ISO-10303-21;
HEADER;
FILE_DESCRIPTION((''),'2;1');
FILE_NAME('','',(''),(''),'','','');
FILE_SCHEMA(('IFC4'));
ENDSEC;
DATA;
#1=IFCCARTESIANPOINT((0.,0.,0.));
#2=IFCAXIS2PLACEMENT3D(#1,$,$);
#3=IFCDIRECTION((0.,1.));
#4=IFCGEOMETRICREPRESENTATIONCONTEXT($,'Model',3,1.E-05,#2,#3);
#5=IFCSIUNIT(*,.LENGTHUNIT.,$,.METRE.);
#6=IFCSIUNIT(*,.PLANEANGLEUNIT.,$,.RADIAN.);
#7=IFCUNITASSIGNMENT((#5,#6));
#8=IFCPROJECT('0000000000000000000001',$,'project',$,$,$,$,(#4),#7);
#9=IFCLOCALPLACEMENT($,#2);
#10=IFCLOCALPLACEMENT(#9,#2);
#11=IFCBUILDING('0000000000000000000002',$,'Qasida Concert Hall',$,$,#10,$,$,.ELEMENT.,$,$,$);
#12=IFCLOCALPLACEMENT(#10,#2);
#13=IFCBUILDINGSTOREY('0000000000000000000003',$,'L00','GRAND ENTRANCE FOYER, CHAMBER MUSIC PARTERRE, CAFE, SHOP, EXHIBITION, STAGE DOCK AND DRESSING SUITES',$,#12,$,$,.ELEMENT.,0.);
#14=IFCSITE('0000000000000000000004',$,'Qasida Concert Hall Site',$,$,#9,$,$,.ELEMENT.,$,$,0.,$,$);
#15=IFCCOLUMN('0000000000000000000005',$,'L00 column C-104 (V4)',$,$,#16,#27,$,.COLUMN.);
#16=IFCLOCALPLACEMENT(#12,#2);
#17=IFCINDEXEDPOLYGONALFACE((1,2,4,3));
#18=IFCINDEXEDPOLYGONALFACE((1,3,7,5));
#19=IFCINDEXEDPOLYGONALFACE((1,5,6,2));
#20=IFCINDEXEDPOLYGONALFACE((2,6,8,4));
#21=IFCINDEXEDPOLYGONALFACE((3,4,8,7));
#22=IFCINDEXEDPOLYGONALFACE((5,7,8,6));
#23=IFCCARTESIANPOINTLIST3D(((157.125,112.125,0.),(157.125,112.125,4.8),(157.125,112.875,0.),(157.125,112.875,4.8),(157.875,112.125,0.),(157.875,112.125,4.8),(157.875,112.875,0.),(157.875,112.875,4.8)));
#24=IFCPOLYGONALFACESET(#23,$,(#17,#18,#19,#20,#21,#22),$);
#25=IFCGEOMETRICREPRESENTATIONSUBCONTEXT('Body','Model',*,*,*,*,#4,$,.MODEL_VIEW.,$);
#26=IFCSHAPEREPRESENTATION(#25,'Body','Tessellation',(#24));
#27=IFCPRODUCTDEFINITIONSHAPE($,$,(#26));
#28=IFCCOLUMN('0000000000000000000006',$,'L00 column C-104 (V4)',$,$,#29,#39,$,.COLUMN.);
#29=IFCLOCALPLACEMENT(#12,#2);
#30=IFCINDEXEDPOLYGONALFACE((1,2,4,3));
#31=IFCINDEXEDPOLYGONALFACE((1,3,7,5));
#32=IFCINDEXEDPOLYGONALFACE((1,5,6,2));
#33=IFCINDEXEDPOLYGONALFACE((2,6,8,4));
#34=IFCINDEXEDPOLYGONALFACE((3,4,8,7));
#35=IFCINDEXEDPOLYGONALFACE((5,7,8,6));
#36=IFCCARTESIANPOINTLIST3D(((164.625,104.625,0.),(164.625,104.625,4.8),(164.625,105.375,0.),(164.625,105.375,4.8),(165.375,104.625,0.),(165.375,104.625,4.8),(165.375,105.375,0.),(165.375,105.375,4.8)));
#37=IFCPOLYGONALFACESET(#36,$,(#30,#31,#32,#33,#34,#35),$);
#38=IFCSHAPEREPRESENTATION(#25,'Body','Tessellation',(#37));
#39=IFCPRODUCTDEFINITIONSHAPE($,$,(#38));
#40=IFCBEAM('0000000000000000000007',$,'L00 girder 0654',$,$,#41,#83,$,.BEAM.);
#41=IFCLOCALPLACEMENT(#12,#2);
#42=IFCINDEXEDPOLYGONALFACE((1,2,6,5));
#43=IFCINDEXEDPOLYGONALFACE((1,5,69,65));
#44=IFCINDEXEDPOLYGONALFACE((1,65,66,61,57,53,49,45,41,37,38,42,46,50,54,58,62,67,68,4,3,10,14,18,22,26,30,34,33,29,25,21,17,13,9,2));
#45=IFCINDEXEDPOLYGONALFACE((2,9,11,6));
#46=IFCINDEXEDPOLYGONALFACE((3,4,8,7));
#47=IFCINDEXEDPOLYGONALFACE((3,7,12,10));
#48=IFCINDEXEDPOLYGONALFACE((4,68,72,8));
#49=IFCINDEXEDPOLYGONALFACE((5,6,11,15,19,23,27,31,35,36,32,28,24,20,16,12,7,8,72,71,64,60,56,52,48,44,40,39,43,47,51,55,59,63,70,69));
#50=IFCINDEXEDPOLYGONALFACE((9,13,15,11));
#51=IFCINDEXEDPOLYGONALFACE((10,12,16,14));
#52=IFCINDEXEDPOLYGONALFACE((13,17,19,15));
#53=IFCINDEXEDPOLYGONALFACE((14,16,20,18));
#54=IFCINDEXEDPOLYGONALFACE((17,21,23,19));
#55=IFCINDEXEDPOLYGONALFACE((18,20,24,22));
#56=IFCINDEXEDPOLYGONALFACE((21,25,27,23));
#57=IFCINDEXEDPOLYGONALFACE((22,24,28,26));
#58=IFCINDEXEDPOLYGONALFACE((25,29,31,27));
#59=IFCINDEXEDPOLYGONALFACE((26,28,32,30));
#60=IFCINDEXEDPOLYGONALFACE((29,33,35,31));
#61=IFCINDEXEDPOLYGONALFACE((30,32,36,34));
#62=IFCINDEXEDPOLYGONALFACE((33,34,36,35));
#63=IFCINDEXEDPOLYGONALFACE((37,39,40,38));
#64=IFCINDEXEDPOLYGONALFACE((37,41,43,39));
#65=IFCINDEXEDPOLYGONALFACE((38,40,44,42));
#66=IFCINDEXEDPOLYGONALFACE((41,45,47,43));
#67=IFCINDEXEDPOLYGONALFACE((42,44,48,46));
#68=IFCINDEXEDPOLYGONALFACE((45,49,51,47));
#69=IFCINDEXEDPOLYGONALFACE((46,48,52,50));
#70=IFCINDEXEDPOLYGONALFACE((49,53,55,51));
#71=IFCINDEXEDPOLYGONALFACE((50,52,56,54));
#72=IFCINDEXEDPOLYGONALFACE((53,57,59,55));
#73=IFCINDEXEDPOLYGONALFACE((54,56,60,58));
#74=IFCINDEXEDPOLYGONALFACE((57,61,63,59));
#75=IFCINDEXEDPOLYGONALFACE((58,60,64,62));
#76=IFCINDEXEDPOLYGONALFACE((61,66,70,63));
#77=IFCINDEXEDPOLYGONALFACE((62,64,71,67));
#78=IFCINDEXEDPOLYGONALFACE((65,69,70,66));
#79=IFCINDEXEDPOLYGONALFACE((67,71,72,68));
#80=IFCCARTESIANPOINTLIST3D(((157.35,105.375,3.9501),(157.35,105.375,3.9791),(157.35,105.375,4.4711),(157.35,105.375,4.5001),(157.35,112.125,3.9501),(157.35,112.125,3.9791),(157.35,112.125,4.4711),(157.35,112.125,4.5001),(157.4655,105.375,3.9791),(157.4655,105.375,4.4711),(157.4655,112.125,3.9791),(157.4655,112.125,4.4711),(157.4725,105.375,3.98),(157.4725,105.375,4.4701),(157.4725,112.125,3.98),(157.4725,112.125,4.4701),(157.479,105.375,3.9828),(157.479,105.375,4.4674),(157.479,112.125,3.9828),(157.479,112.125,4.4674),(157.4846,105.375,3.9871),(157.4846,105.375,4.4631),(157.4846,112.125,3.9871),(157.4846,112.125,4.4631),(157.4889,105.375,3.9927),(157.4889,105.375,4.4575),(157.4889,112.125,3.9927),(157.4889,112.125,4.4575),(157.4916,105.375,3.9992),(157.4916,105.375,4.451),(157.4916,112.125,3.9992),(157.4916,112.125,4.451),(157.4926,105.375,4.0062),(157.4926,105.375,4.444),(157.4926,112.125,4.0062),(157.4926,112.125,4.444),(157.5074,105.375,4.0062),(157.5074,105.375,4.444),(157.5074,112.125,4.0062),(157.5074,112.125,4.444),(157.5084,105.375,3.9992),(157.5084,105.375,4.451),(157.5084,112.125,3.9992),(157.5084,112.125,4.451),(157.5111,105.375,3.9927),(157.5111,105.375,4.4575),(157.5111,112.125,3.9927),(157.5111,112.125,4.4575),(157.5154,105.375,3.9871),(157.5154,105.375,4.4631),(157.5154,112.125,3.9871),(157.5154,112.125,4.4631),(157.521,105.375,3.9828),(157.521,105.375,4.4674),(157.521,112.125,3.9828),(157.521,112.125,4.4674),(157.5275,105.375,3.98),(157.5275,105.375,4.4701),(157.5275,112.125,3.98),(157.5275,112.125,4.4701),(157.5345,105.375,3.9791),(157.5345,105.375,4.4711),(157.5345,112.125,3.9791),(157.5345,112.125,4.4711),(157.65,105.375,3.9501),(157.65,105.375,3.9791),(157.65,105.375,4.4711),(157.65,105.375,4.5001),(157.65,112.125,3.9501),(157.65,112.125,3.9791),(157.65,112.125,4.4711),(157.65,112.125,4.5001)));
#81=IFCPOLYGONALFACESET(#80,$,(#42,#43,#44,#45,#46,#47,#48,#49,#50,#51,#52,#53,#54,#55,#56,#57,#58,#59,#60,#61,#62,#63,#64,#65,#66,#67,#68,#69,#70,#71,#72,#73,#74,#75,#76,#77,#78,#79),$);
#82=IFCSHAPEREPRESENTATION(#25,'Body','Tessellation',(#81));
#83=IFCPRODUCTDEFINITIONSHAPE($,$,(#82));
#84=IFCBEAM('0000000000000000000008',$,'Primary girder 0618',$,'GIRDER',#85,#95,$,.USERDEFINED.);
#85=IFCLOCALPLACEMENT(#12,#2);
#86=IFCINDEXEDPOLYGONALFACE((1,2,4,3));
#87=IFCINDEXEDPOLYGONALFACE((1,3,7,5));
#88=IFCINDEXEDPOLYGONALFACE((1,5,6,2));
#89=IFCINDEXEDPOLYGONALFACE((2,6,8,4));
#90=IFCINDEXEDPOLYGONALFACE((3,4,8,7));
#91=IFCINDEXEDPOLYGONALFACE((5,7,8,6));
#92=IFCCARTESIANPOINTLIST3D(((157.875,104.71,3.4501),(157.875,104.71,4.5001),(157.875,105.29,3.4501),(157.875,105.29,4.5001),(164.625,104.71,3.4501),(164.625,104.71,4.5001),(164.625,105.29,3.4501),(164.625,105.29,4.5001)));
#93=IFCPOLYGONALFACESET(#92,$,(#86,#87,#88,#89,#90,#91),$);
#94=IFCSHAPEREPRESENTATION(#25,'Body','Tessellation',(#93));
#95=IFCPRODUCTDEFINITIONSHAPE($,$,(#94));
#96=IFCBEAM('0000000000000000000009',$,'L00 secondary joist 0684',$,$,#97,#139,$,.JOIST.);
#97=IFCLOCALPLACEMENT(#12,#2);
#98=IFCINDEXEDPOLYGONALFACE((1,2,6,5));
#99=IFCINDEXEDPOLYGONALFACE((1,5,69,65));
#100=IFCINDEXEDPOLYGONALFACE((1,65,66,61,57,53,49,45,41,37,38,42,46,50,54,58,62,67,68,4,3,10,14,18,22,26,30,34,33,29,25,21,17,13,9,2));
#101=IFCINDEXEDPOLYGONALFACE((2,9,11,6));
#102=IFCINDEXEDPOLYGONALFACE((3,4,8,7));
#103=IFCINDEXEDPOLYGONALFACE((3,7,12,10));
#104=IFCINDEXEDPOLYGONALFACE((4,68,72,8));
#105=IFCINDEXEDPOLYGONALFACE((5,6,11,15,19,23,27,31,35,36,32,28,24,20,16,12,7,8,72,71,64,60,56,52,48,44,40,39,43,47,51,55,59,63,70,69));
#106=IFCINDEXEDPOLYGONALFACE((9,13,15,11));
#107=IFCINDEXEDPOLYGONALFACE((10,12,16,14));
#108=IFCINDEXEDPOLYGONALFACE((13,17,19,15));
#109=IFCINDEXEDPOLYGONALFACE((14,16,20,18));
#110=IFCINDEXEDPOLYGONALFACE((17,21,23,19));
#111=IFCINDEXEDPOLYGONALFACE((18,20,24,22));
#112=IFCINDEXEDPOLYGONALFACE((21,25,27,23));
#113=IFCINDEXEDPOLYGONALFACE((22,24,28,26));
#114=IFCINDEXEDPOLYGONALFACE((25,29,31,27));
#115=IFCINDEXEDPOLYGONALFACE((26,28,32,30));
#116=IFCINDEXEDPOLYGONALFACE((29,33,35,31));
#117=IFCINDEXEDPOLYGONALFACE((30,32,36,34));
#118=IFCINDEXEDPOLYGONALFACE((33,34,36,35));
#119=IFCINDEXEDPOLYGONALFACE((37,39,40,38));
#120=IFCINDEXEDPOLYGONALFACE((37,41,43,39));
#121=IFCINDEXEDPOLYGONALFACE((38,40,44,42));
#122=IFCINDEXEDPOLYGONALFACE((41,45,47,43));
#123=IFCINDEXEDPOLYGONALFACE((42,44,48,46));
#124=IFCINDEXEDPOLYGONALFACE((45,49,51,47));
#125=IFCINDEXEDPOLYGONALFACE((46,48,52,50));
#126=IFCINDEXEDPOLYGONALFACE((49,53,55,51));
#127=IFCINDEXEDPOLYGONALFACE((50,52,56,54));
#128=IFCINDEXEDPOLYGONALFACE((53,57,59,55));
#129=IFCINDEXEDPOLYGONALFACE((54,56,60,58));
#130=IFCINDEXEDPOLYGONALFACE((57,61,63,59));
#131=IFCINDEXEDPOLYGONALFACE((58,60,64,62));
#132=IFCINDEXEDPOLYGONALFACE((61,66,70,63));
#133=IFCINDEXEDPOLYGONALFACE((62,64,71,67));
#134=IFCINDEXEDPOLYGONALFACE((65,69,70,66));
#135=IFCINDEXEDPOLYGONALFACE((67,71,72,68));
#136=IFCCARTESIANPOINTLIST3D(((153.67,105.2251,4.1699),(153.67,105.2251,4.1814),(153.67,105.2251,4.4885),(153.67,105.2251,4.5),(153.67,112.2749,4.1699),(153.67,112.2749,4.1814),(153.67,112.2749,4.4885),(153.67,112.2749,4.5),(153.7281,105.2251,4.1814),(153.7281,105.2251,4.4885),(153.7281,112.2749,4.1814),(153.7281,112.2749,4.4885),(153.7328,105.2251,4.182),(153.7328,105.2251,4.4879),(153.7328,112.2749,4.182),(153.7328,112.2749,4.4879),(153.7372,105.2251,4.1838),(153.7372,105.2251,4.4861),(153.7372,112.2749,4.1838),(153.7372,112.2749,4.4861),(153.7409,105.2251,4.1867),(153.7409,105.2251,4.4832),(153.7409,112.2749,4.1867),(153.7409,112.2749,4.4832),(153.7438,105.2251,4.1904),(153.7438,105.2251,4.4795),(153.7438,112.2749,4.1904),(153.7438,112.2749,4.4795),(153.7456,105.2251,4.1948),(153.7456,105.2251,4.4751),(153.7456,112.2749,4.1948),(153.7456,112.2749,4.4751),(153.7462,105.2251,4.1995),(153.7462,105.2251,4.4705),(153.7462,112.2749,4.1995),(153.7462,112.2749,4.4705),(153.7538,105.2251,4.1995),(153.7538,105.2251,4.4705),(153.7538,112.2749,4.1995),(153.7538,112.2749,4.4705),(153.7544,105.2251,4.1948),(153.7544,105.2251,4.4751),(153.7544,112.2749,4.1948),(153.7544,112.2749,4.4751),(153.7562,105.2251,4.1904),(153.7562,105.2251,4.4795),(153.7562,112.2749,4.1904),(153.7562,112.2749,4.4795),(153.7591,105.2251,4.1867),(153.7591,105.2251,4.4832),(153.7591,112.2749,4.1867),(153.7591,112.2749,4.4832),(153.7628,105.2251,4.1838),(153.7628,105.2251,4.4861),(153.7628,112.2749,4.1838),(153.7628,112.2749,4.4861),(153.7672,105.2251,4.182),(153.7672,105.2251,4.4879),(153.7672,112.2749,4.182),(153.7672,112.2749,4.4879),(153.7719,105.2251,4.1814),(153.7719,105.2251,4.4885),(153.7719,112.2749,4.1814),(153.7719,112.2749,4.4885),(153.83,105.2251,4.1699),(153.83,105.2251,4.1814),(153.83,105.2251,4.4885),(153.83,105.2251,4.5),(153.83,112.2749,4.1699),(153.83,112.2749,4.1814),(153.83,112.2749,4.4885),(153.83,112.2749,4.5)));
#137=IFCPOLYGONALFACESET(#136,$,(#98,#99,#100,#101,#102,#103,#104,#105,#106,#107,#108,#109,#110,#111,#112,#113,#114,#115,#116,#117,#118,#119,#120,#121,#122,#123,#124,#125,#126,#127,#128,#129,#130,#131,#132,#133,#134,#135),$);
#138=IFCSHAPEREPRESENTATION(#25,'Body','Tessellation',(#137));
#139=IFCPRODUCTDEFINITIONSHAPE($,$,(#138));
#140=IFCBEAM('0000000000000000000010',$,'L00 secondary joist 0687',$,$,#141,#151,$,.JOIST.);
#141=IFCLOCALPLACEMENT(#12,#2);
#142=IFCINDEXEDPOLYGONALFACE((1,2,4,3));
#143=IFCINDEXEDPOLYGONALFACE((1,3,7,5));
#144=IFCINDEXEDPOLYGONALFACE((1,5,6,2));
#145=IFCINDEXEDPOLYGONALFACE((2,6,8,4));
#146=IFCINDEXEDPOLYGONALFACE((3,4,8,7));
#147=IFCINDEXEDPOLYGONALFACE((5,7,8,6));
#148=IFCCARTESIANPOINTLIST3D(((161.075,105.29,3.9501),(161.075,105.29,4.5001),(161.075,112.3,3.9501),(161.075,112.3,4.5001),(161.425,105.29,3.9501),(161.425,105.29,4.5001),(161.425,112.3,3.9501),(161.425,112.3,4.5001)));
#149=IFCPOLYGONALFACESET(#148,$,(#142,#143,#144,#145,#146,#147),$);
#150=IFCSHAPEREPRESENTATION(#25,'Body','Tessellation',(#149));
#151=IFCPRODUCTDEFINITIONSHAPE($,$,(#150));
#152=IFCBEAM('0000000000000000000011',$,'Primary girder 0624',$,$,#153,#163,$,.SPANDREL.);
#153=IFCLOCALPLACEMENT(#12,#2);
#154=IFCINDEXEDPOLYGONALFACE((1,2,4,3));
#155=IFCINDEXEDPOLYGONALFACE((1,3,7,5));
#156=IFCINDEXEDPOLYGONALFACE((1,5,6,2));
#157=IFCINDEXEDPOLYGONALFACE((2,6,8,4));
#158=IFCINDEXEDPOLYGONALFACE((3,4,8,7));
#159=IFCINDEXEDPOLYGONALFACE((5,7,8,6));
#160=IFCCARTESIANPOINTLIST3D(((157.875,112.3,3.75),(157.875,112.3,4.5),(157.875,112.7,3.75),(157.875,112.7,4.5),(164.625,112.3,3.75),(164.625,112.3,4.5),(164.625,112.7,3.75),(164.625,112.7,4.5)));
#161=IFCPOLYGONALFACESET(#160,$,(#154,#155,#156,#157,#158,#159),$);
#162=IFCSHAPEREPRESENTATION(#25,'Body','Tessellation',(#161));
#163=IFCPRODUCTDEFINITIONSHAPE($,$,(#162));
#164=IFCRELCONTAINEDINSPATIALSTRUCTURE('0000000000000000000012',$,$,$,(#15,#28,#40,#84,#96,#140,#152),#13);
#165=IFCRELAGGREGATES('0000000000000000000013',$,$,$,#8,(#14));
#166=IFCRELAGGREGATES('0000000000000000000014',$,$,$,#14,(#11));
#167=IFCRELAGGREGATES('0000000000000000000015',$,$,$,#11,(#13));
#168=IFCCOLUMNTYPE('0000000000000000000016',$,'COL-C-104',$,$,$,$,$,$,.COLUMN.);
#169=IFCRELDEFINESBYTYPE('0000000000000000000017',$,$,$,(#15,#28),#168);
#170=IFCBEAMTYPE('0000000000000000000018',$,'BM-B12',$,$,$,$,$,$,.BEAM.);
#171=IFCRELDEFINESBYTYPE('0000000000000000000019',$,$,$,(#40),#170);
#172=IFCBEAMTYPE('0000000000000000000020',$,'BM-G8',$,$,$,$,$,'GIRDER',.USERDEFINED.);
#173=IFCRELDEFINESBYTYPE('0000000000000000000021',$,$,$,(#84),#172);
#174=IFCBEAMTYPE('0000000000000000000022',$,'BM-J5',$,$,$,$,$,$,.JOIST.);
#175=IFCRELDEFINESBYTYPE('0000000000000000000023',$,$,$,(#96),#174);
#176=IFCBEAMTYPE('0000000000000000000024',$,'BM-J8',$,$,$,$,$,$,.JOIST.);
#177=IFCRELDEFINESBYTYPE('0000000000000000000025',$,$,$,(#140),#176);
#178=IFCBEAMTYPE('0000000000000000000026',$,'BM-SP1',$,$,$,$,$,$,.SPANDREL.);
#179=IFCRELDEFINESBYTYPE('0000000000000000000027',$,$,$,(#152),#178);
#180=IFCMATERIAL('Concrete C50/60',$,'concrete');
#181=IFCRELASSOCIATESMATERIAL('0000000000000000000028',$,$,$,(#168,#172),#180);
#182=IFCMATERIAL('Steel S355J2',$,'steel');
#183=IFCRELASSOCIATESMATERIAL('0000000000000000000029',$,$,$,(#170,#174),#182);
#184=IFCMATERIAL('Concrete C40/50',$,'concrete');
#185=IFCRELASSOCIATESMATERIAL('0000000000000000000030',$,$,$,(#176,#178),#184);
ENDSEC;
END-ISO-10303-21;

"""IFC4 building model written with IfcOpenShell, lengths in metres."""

from ifc_helpers import new_model, si_unit, direction, frame, origin, origin_2d, place, context, subcontext, project, spatial, rectangle, i_section, extrude, material, material_profile, profile_set, type_object, element, save


model = new_model("IFC4")

# Units and contexts
model_context = context("Model", 3, precision=1e-05, world=origin(), true_north=direction((0.0, 1.0)))
body_context = subcontext(model_context, "Body", "Model", "MODEL_VIEW")
ifc_project = project(units=[si_unit("LENGTHUNIT", "METRE"), si_unit("PLANEANGLEUNIT", "RADIAN")], contexts=[model_context])

# Site, building, storey
site_placement = place(None, origin())
site = spatial("IfcSite", under=ifc_project, at=site_placement, Name="Qasida Concert Hall Site", CompositionType="ELEMENT", RefElevation=0.0)
building_placement = place(site_placement, origin())
building = spatial("IfcBuilding", under=site, at=building_placement, Name="Qasida Concert Hall", CompositionType="ELEMENT")
storey_placement = place(building_placement, origin())
storey = spatial("IfcBuildingStorey", under=building, at=storey_placement, Name="L00", Description="GRAND ENTRANCE FOYER, CHAMBER MUSIC PARTERRE, CAFE, SHOP, EXHIBITION, STAGE DOCK AND DRESSING SUITES", CompositionType="ELEMENT", Elevation=0.0)

# Columns
ifc_material_1 = material(Name="Concrete C50/60", Category="concrete")
ifc_material_profile_1 = material_profile(ifc_material_1, rectangle(XDim=0.75, YDim=0.75, at=origin_2d()), Name="RC 750x750")
ifc_profile_set_1 = profile_set([ifc_material_profile_1], Name="Concrete C50/60")
column_type = type_object("IfcColumnType", Name="COL-C-104", PredefinedType="COLUMN", material=ifc_profile_set_1)
for number, where, z_axis, x_axis, name in (
    (1, (157.5, 112.5, 0.0), (0.0, 0.0, 1.0), (1.0, 0.0, 0.0), "L00 column C-104 (V4)"),
    (2, (165.0, 105.0, 0.0), (0.0, 0.0, 1.0), (1.0, 0.0, 0.0), "L00 column C-104 (V4)"),
):
    element("IfcColumn", number, at=place(storey_placement, frame(where, z_axis=z_axis, x_axis=x_axis)), inside=storey, type_object=column_type, Name=name, PredefinedType="COLUMN", context=body_context, shape_type="SweptSolid", body=[
        extrude(rectangle(XDim=0.75, YDim=0.75, at=origin_2d()), origin(), (0.0, 0.0, 1.0), 4.8),
    ])

# Beams
ifc_material_2 = material(Name="Steel S355J2", Category="steel")
ifc_material_profile_2 = material_profile(ifc_material_2, i_section(OverallWidth=0.3, OverallDepth=0.55, WebThickness=0.0149, FlangeThickness=0.0291, FilletRadius=0.0271, at=origin_2d()), Name="HEB 550")
ifc_profile_set_2 = profile_set([ifc_material_profile_2], Name="Steel S355J2")
beam_type_1 = type_object("IfcBeamType", Name="BM-B12", PredefinedType="BEAM", material=ifc_profile_set_2)
beam_1_placement = place(storey_placement, frame((157.5, 105.375, 4.2251), z_axis=(0.0, 1.0, 0.0), x_axis=(-1.0, 0.0, 0.0)))
element("IfcBeam", 3, at=beam_1_placement, inside=storey, type_object=beam_type_1, Name="L00 girder 0654", PredefinedType="BEAM", context=body_context, shape_type="SweptSolid", body=[
    extrude(i_section(OverallWidth=0.3, OverallDepth=0.55, WebThickness=0.0149, FlangeThickness=0.0291, FilletRadius=0.0271, at=origin_2d()), origin(), (0.0, 0.0, 1.0), 6.75),
])
ifc_material_profile_3 = material_profile(ifc_material_1, rectangle(XDim=0.5801, YDim=1.05, at=origin_2d()), Name="RC 580x1050")
ifc_profile_set_3 = profile_set([ifc_material_profile_3], Name="Concrete C50/60")
beam_type_2 = type_object("IfcBeamType", Name="BM-G8", ElementType="GIRDER", PredefinedType="USERDEFINED", material=ifc_profile_set_3)
beam_2_placement = place(storey_placement, frame((157.875, 105.0, 3.9751), z_axis=(1.0, 0.0, 0.0), x_axis=(0.0, 1.0, 0.0)))
element("IfcBeam", 4, at=beam_2_placement, inside=storey, type_object=beam_type_2, Name="Primary girder 0618", ObjectType="GIRDER", PredefinedType="USERDEFINED", context=body_context, shape_type="SweptSolid", body=[
    extrude(rectangle(XDim=0.5801, YDim=1.05, at=origin_2d()), origin(), (0.0, 0.0, 1.0), 6.75),
])
ifc_material_profile_4 = material_profile(ifc_material_2, i_section(OverallWidth=0.1599, OverallDepth=0.3301, WebThickness=0.0076, FlangeThickness=0.0115, FilletRadius=0.0181, at=origin_2d()), Name="IPE 330")
ifc_profile_set_4 = profile_set([ifc_material_profile_4], Name="Steel S355J2")
beam_type_3 = type_object("IfcBeamType", Name="BM-J5", PredefinedType="JOIST", material=ifc_profile_set_4)
beam_3_placement = place(storey_placement, frame((153.75, 105.2251, 4.335), z_axis=(0.0, 1.0, 0.0), x_axis=(-1.0, 0.0, 0.0)))
element("IfcBeam", 5, at=beam_3_placement, inside=storey, type_object=beam_type_3, Name="L00 secondary joist 0684", PredefinedType="JOIST", context=body_context, shape_type="SweptSolid", body=[
    extrude(i_section(OverallWidth=0.1599, OverallDepth=0.3301, WebThickness=0.0076, FlangeThickness=0.0115, FilletRadius=0.0181, at=origin_2d()), origin(), (0.0, 0.0, 1.0), 7.0498),
])
ifc_material_3 = material(Name="Concrete C40/50", Category="concrete")
ifc_material_profile_5 = material_profile(ifc_material_3, rectangle(XDim=0.3501, YDim=0.55, at=origin_2d()), Name="RC 350x550")
ifc_profile_set_5 = profile_set([ifc_material_profile_5], Name="Concrete C40/50")
beam_type_4 = type_object("IfcBeamType", Name="BM-J8", PredefinedType="JOIST", material=ifc_profile_set_5)
beam_4_placement = place(storey_placement, frame((161.25, 105.29, 4.2251), z_axis=(0.0, 1.0, 0.0), x_axis=(-1.0, 0.0, 0.0)))
element("IfcBeam", 6, at=beam_4_placement, inside=storey, type_object=beam_type_4, Name="L00 secondary joist 0687", PredefinedType="JOIST", context=body_context, shape_type="SweptSolid", body=[
    extrude(rectangle(XDim=0.3501, YDim=0.55, at=origin_2d()), origin(), (0.0, 0.0, 1.0), 7.01),
])
ifc_material_profile_6 = material_profile(ifc_material_3, rectangle(XDim=0.3999, YDim=0.75, at=origin_2d()), Name="RC 400x750")
ifc_profile_set_6 = profile_set([ifc_material_profile_6], Name="Concrete C40/50")
beam_type_5 = type_object("IfcBeamType", Name="BM-SP1", PredefinedType="SPANDREL", material=ifc_profile_set_6)
beam_5_placement = place(storey_placement, frame((157.875, 112.5, 4.125), z_axis=(1.0, 0.0, 0.0), x_axis=(0.0, 1.0, 0.0)))
element("IfcBeam", 7, at=beam_5_placement, inside=storey, type_object=beam_type_5, Name="Primary girder 0624", PredefinedType="SPANDREL", context=body_context, shape_type="SweptSolid", body=[
    extrude(rectangle(XDim=0.3999, YDim=0.75, at=origin_2d()), origin(), (0.0, 0.0, 1.0), 6.75),
])

save(model, "model.ifc")
